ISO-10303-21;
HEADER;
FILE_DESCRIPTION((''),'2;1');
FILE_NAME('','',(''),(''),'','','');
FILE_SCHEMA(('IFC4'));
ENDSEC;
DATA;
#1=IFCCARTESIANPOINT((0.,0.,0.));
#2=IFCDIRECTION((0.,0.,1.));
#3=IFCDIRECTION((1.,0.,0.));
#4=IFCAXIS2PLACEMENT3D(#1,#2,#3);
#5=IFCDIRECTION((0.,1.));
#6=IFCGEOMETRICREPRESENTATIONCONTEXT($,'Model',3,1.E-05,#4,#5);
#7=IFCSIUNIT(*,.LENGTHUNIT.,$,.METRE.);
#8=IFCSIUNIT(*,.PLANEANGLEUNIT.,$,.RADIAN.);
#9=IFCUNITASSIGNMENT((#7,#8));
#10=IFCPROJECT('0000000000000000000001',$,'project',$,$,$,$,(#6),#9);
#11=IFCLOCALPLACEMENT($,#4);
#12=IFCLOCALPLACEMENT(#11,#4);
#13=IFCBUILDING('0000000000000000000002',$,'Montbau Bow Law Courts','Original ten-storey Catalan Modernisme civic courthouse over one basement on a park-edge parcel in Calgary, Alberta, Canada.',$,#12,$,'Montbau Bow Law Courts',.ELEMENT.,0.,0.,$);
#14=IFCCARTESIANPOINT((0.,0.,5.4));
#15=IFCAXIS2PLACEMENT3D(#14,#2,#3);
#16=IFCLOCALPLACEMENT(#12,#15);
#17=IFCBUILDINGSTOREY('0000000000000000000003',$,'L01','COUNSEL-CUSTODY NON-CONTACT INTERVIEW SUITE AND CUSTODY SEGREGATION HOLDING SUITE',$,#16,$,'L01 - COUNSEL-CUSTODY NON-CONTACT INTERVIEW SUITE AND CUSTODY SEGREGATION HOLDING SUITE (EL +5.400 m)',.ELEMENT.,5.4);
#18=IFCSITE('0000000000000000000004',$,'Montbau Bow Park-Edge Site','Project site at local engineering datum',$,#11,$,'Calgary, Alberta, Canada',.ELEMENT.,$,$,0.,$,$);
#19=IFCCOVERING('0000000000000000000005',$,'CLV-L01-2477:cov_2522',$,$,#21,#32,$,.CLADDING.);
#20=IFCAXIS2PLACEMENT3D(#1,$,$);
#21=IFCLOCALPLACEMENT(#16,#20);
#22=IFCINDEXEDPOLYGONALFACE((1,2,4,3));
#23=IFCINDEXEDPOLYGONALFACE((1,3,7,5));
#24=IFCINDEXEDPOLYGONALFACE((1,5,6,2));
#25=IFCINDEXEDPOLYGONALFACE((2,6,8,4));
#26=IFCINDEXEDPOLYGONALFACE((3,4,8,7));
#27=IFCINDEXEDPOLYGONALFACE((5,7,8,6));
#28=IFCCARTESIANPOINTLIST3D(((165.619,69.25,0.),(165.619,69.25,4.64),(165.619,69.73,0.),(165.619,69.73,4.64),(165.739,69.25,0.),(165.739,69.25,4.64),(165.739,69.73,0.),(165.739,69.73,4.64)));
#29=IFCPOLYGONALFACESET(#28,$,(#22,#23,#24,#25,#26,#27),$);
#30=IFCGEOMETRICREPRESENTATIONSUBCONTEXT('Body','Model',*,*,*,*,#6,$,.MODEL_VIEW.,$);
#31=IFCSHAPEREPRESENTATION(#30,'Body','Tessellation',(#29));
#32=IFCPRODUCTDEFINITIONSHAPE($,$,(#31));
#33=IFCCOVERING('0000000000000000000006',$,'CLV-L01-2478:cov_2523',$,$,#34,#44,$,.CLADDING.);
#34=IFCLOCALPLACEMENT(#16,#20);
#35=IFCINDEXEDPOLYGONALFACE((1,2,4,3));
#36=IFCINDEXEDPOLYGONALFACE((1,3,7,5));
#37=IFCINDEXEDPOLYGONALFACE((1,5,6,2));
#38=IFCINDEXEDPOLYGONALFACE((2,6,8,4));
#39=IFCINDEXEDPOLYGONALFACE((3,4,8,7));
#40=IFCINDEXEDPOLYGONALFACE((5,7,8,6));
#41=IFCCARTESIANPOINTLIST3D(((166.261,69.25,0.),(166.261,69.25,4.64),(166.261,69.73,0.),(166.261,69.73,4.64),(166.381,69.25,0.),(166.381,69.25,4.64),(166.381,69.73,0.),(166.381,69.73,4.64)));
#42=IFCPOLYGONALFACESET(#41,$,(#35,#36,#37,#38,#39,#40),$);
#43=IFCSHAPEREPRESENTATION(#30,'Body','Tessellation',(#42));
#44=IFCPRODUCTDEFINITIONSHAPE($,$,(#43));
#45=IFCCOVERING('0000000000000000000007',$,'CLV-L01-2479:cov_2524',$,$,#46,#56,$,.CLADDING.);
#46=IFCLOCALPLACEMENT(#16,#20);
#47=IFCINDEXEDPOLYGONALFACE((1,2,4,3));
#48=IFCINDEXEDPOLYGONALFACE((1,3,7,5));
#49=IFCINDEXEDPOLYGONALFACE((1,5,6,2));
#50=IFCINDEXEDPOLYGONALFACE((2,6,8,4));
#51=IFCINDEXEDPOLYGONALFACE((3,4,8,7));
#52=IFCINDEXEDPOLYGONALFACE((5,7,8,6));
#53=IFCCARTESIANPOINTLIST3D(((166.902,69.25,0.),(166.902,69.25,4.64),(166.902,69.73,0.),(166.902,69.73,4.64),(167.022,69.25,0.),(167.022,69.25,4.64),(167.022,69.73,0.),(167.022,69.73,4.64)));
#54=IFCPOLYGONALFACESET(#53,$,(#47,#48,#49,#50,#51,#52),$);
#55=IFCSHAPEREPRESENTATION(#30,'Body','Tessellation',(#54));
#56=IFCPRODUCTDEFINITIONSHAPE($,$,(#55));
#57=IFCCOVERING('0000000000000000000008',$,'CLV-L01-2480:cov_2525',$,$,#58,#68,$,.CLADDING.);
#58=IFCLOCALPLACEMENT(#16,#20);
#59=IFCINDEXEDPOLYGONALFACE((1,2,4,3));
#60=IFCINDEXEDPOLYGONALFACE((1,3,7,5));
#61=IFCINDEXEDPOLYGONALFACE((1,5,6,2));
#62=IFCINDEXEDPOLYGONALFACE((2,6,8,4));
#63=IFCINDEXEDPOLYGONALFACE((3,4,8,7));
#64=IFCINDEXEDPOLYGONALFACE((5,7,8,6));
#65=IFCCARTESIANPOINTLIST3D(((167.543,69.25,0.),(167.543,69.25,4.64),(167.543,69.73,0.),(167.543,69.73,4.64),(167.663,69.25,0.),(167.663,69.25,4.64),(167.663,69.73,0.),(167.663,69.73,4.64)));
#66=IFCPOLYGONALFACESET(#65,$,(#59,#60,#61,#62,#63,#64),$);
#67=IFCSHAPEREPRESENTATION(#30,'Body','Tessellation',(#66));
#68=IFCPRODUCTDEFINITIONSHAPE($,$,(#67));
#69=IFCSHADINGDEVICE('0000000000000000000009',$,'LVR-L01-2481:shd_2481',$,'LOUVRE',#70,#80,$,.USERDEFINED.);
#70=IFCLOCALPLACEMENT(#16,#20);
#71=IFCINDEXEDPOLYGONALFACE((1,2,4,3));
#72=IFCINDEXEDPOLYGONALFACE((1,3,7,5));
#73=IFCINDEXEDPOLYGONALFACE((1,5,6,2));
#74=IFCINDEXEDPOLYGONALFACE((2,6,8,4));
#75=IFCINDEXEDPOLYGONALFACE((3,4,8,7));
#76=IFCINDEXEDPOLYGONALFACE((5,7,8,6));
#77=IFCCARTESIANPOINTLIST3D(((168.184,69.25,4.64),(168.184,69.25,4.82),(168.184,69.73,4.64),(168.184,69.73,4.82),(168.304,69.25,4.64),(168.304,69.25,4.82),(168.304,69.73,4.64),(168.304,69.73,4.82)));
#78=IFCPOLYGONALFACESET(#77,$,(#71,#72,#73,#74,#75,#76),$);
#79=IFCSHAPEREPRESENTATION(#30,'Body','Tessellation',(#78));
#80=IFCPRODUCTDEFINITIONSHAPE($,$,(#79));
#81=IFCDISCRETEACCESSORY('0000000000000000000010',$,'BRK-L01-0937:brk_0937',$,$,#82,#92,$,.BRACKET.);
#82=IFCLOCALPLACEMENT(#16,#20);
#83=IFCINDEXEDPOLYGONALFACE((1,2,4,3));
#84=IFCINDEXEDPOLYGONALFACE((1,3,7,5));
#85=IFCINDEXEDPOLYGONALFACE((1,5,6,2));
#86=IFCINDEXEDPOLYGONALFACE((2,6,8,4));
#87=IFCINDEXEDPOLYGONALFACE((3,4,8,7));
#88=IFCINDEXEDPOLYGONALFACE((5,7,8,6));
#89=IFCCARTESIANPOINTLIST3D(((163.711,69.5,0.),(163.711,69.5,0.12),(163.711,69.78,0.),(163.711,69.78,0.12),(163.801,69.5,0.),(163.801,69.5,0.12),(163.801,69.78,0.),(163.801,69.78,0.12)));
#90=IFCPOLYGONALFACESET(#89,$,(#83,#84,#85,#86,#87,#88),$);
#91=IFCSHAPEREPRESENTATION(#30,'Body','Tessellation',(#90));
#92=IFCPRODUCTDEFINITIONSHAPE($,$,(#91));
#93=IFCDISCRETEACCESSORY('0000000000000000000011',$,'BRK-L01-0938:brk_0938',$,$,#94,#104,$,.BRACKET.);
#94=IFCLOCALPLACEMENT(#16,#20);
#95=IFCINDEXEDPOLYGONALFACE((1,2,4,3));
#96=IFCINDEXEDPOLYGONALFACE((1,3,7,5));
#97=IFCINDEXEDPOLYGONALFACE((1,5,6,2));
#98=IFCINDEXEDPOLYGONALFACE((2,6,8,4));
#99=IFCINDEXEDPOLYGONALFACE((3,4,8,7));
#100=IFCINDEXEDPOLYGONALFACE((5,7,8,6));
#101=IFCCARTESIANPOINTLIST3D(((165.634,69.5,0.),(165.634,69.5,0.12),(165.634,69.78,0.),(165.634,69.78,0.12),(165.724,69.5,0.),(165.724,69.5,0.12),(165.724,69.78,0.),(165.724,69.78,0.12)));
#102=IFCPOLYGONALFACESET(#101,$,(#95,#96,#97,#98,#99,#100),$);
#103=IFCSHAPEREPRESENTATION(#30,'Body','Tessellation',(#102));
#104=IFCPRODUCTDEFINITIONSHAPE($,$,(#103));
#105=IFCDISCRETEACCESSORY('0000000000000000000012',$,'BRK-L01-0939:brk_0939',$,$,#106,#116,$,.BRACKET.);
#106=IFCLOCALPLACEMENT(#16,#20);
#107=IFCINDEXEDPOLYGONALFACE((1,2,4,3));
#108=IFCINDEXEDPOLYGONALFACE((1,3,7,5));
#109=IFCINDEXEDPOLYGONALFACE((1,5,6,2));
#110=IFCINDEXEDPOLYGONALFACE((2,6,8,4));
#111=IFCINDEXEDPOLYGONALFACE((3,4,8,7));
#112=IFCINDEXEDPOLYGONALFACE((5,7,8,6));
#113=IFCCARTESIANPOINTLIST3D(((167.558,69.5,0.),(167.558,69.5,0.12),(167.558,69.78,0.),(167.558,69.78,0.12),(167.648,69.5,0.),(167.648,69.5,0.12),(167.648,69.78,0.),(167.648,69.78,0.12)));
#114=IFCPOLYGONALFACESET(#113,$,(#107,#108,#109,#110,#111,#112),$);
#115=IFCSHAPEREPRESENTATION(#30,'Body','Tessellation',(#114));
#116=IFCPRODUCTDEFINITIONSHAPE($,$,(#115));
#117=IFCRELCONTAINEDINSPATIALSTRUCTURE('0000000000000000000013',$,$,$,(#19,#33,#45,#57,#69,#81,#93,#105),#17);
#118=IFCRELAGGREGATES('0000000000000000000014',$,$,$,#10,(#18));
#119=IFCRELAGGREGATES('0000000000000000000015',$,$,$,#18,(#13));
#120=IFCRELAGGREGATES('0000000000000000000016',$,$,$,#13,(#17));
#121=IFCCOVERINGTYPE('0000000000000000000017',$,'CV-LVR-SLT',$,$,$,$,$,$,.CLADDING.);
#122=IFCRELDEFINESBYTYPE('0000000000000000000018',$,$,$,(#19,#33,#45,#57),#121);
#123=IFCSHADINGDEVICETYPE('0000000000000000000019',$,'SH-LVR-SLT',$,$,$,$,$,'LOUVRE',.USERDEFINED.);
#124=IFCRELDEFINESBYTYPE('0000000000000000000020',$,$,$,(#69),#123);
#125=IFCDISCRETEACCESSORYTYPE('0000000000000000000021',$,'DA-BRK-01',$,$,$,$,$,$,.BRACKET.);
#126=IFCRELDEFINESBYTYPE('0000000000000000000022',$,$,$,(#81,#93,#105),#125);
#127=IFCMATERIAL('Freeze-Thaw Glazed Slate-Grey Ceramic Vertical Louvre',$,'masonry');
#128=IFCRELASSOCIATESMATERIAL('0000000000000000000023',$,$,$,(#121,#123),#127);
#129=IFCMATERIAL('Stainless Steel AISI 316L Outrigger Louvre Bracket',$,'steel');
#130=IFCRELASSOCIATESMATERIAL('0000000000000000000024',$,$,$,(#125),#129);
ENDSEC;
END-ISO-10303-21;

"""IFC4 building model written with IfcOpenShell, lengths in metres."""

from ifc_helpers import new_model, si_unit, direction, frame, frame_2d, origin_with_axes, origin_2d_with_axis, place, context, subcontext, project, spatial, rectangle, extrude, material, type_object, element, save


model = new_model("IFC4")

# Units and contexts
model_context = context("Model", 3, precision=1e-05, world=origin_with_axes(), true_north=direction((0.0, 1.0)))
body_context = subcontext(model_context, "Body", "Model", "MODEL_VIEW")
ifc_project = project(units=[si_unit("LENGTHUNIT", "METRE"), si_unit("PLANEANGLEUNIT", "RADIAN")], contexts=[model_context])

# Site, building, storey
site_placement = place(None, origin_with_axes())
site = spatial("IfcSite", under=ifc_project, at=site_placement, Name="Montbau Bow Park-Edge Site", Description="Project site at local engineering datum", LongName="Calgary, Alberta, Canada", CompositionType="ELEMENT", RefElevation=0.0)
building_placement = place(site_placement, origin_with_axes())
building = spatial("IfcBuilding", under=site, at=building_placement, Name="Montbau Bow Law Courts", Description="Original ten-storey Catalan Modernisme civic courthouse over one basement on a park-edge parcel in Calgary, Alberta, Canada.", LongName="Montbau Bow Law Courts", CompositionType="ELEMENT", ElevationOfRefHeight=0.0, ElevationOfTerrain=0.0)
storey_placement = place(building_placement, frame((0.0, 0.0, 5.4), z_axis=(0.0, 0.0, 1.0), x_axis=(1.0, 0.0, 0.0)))
storey = spatial("IfcBuildingStorey", under=building, at=storey_placement, Name="L01", Description="COUNSEL-CUSTODY NON-CONTACT INTERVIEW SUITE AND CUSTODY SEGREGATION HOLDING SUITE", LongName="L01 - COUNSEL-CUSTODY NON-CONTACT INTERVIEW SUITE AND CUSTODY SEGREGATION HOLDING SUITE (EL +5.400 m)", CompositionType="ELEMENT", Elevation=5.4)

# Coverings
ifc_material_1 = material(Name="Freeze-Thaw Glazed Slate-Grey Ceramic Vertical Louvre", Category="masonry")
covering_type = type_object("IfcCoveringType", Name="CV-LVR-SLT", PredefinedType="CLADDING", material=ifc_material_1)
for number, where, z_axis, x_axis, name in (
    (1, (165.679, 69.73, 5.4), (-1.0, 0.0, 0.0), (0.0, -1.0, 0.0), "CLV-L01-2477:cov_2522"),
    (2, (166.321, 69.73, 5.4), (-1.0, 0.0, 0.0), (0.0, -1.0, 0.0), "CLV-L01-2478:cov_2523"),
    (3, (166.962, 69.73, 5.4), (-1.0, 0.0, 0.0), (0.0, -1.0, 0.0), "CLV-L01-2479:cov_2524"),
    (4, (167.603, 69.73, 5.4), (-1.0, 0.0, 0.0), (0.0, -1.0, 0.0), "CLV-L01-2480:cov_2525"),
):
    element("IfcCovering", number, at=place(None, frame(where, z_axis=z_axis, x_axis=x_axis)), inside=storey, type_object=covering_type, Name=name, PredefinedType="CLADDING", context=body_context, shape_type="SweptSolid", body=[
        extrude(rectangle(XDim=0.48, YDim=4.64, at=frame_2d((0.24, 2.32), x_axis=(1.0, 0.0))), frame((0.0, 0.0, -0.06), z_axis=(0.0, 0.0, 1.0), x_axis=(1.0, 0.0, 0.0)), (0.0, 0.0, 1.0), 0.12),
    ])

# Shading device
shading_device_type = type_object("IfcShadingDeviceType", Name="SH-LVR-SLT", ElementType="LOUVRE", PredefinedType="USERDEFINED", material=ifc_material_1)
shading_device_placement = place(None, frame((168.244, 69.49, 10.04), z_axis=(0.0, 0.0, 1.0), x_axis=(0.0, -1.0, 0.0)))
element("IfcShadingDevice", 5, at=shading_device_placement, inside=storey, type_object=shading_device_type, Name="LVR-L01-2481:shd_2481", ObjectType="LOUVRE", PredefinedType="USERDEFINED", context=body_context, shape_type="SweptSolid", body=[
    extrude(rectangle(XDim=0.48, YDim=0.12, at=origin_2d_with_axis()), origin_with_axes(), (0.0, 0.0, 1.0), 0.18),
])

# Discrete accessories
ifc_material_2 = material(Name="Stainless Steel AISI 316L Outrigger Louvre Bracket", Category="steel")
discrete_accessory_type = type_object("IfcDiscreteAccessoryType", Name="DA-BRK-01", PredefinedType="BRACKET", material=ifc_material_2)
for number, where, z_axis, x_axis, name in (
    (6, (163.756, 69.64, 5.4), (0.0, 0.0, 1.0), (0.0, -1.0, 0.0), "BRK-L01-0937:brk_0937"),
    (7, (165.679, 69.64, 5.4), (0.0, 0.0, 1.0), (0.0, -1.0, 0.0), "BRK-L01-0938:brk_0938"),
    (8, (167.603, 69.64, 5.4), (0.0, 0.0, 1.0), (0.0, -1.0, 0.0), "BRK-L01-0939:brk_0939"),
):
    element("IfcDiscreteAccessory", number, at=place(None, frame(where, z_axis=z_axis, x_axis=x_axis)), inside=storey, type_object=discrete_accessory_type, Name=name, PredefinedType="BRACKET", context=body_context, shape_type="SweptSolid", body=[
        extrude(rectangle(XDim=0.28, YDim=0.09, at=origin_2d_with_axis()), origin_with_axes(), (0.0, 0.0, 1.0), 0.12),
    ])

save(model, "model.ifc")
